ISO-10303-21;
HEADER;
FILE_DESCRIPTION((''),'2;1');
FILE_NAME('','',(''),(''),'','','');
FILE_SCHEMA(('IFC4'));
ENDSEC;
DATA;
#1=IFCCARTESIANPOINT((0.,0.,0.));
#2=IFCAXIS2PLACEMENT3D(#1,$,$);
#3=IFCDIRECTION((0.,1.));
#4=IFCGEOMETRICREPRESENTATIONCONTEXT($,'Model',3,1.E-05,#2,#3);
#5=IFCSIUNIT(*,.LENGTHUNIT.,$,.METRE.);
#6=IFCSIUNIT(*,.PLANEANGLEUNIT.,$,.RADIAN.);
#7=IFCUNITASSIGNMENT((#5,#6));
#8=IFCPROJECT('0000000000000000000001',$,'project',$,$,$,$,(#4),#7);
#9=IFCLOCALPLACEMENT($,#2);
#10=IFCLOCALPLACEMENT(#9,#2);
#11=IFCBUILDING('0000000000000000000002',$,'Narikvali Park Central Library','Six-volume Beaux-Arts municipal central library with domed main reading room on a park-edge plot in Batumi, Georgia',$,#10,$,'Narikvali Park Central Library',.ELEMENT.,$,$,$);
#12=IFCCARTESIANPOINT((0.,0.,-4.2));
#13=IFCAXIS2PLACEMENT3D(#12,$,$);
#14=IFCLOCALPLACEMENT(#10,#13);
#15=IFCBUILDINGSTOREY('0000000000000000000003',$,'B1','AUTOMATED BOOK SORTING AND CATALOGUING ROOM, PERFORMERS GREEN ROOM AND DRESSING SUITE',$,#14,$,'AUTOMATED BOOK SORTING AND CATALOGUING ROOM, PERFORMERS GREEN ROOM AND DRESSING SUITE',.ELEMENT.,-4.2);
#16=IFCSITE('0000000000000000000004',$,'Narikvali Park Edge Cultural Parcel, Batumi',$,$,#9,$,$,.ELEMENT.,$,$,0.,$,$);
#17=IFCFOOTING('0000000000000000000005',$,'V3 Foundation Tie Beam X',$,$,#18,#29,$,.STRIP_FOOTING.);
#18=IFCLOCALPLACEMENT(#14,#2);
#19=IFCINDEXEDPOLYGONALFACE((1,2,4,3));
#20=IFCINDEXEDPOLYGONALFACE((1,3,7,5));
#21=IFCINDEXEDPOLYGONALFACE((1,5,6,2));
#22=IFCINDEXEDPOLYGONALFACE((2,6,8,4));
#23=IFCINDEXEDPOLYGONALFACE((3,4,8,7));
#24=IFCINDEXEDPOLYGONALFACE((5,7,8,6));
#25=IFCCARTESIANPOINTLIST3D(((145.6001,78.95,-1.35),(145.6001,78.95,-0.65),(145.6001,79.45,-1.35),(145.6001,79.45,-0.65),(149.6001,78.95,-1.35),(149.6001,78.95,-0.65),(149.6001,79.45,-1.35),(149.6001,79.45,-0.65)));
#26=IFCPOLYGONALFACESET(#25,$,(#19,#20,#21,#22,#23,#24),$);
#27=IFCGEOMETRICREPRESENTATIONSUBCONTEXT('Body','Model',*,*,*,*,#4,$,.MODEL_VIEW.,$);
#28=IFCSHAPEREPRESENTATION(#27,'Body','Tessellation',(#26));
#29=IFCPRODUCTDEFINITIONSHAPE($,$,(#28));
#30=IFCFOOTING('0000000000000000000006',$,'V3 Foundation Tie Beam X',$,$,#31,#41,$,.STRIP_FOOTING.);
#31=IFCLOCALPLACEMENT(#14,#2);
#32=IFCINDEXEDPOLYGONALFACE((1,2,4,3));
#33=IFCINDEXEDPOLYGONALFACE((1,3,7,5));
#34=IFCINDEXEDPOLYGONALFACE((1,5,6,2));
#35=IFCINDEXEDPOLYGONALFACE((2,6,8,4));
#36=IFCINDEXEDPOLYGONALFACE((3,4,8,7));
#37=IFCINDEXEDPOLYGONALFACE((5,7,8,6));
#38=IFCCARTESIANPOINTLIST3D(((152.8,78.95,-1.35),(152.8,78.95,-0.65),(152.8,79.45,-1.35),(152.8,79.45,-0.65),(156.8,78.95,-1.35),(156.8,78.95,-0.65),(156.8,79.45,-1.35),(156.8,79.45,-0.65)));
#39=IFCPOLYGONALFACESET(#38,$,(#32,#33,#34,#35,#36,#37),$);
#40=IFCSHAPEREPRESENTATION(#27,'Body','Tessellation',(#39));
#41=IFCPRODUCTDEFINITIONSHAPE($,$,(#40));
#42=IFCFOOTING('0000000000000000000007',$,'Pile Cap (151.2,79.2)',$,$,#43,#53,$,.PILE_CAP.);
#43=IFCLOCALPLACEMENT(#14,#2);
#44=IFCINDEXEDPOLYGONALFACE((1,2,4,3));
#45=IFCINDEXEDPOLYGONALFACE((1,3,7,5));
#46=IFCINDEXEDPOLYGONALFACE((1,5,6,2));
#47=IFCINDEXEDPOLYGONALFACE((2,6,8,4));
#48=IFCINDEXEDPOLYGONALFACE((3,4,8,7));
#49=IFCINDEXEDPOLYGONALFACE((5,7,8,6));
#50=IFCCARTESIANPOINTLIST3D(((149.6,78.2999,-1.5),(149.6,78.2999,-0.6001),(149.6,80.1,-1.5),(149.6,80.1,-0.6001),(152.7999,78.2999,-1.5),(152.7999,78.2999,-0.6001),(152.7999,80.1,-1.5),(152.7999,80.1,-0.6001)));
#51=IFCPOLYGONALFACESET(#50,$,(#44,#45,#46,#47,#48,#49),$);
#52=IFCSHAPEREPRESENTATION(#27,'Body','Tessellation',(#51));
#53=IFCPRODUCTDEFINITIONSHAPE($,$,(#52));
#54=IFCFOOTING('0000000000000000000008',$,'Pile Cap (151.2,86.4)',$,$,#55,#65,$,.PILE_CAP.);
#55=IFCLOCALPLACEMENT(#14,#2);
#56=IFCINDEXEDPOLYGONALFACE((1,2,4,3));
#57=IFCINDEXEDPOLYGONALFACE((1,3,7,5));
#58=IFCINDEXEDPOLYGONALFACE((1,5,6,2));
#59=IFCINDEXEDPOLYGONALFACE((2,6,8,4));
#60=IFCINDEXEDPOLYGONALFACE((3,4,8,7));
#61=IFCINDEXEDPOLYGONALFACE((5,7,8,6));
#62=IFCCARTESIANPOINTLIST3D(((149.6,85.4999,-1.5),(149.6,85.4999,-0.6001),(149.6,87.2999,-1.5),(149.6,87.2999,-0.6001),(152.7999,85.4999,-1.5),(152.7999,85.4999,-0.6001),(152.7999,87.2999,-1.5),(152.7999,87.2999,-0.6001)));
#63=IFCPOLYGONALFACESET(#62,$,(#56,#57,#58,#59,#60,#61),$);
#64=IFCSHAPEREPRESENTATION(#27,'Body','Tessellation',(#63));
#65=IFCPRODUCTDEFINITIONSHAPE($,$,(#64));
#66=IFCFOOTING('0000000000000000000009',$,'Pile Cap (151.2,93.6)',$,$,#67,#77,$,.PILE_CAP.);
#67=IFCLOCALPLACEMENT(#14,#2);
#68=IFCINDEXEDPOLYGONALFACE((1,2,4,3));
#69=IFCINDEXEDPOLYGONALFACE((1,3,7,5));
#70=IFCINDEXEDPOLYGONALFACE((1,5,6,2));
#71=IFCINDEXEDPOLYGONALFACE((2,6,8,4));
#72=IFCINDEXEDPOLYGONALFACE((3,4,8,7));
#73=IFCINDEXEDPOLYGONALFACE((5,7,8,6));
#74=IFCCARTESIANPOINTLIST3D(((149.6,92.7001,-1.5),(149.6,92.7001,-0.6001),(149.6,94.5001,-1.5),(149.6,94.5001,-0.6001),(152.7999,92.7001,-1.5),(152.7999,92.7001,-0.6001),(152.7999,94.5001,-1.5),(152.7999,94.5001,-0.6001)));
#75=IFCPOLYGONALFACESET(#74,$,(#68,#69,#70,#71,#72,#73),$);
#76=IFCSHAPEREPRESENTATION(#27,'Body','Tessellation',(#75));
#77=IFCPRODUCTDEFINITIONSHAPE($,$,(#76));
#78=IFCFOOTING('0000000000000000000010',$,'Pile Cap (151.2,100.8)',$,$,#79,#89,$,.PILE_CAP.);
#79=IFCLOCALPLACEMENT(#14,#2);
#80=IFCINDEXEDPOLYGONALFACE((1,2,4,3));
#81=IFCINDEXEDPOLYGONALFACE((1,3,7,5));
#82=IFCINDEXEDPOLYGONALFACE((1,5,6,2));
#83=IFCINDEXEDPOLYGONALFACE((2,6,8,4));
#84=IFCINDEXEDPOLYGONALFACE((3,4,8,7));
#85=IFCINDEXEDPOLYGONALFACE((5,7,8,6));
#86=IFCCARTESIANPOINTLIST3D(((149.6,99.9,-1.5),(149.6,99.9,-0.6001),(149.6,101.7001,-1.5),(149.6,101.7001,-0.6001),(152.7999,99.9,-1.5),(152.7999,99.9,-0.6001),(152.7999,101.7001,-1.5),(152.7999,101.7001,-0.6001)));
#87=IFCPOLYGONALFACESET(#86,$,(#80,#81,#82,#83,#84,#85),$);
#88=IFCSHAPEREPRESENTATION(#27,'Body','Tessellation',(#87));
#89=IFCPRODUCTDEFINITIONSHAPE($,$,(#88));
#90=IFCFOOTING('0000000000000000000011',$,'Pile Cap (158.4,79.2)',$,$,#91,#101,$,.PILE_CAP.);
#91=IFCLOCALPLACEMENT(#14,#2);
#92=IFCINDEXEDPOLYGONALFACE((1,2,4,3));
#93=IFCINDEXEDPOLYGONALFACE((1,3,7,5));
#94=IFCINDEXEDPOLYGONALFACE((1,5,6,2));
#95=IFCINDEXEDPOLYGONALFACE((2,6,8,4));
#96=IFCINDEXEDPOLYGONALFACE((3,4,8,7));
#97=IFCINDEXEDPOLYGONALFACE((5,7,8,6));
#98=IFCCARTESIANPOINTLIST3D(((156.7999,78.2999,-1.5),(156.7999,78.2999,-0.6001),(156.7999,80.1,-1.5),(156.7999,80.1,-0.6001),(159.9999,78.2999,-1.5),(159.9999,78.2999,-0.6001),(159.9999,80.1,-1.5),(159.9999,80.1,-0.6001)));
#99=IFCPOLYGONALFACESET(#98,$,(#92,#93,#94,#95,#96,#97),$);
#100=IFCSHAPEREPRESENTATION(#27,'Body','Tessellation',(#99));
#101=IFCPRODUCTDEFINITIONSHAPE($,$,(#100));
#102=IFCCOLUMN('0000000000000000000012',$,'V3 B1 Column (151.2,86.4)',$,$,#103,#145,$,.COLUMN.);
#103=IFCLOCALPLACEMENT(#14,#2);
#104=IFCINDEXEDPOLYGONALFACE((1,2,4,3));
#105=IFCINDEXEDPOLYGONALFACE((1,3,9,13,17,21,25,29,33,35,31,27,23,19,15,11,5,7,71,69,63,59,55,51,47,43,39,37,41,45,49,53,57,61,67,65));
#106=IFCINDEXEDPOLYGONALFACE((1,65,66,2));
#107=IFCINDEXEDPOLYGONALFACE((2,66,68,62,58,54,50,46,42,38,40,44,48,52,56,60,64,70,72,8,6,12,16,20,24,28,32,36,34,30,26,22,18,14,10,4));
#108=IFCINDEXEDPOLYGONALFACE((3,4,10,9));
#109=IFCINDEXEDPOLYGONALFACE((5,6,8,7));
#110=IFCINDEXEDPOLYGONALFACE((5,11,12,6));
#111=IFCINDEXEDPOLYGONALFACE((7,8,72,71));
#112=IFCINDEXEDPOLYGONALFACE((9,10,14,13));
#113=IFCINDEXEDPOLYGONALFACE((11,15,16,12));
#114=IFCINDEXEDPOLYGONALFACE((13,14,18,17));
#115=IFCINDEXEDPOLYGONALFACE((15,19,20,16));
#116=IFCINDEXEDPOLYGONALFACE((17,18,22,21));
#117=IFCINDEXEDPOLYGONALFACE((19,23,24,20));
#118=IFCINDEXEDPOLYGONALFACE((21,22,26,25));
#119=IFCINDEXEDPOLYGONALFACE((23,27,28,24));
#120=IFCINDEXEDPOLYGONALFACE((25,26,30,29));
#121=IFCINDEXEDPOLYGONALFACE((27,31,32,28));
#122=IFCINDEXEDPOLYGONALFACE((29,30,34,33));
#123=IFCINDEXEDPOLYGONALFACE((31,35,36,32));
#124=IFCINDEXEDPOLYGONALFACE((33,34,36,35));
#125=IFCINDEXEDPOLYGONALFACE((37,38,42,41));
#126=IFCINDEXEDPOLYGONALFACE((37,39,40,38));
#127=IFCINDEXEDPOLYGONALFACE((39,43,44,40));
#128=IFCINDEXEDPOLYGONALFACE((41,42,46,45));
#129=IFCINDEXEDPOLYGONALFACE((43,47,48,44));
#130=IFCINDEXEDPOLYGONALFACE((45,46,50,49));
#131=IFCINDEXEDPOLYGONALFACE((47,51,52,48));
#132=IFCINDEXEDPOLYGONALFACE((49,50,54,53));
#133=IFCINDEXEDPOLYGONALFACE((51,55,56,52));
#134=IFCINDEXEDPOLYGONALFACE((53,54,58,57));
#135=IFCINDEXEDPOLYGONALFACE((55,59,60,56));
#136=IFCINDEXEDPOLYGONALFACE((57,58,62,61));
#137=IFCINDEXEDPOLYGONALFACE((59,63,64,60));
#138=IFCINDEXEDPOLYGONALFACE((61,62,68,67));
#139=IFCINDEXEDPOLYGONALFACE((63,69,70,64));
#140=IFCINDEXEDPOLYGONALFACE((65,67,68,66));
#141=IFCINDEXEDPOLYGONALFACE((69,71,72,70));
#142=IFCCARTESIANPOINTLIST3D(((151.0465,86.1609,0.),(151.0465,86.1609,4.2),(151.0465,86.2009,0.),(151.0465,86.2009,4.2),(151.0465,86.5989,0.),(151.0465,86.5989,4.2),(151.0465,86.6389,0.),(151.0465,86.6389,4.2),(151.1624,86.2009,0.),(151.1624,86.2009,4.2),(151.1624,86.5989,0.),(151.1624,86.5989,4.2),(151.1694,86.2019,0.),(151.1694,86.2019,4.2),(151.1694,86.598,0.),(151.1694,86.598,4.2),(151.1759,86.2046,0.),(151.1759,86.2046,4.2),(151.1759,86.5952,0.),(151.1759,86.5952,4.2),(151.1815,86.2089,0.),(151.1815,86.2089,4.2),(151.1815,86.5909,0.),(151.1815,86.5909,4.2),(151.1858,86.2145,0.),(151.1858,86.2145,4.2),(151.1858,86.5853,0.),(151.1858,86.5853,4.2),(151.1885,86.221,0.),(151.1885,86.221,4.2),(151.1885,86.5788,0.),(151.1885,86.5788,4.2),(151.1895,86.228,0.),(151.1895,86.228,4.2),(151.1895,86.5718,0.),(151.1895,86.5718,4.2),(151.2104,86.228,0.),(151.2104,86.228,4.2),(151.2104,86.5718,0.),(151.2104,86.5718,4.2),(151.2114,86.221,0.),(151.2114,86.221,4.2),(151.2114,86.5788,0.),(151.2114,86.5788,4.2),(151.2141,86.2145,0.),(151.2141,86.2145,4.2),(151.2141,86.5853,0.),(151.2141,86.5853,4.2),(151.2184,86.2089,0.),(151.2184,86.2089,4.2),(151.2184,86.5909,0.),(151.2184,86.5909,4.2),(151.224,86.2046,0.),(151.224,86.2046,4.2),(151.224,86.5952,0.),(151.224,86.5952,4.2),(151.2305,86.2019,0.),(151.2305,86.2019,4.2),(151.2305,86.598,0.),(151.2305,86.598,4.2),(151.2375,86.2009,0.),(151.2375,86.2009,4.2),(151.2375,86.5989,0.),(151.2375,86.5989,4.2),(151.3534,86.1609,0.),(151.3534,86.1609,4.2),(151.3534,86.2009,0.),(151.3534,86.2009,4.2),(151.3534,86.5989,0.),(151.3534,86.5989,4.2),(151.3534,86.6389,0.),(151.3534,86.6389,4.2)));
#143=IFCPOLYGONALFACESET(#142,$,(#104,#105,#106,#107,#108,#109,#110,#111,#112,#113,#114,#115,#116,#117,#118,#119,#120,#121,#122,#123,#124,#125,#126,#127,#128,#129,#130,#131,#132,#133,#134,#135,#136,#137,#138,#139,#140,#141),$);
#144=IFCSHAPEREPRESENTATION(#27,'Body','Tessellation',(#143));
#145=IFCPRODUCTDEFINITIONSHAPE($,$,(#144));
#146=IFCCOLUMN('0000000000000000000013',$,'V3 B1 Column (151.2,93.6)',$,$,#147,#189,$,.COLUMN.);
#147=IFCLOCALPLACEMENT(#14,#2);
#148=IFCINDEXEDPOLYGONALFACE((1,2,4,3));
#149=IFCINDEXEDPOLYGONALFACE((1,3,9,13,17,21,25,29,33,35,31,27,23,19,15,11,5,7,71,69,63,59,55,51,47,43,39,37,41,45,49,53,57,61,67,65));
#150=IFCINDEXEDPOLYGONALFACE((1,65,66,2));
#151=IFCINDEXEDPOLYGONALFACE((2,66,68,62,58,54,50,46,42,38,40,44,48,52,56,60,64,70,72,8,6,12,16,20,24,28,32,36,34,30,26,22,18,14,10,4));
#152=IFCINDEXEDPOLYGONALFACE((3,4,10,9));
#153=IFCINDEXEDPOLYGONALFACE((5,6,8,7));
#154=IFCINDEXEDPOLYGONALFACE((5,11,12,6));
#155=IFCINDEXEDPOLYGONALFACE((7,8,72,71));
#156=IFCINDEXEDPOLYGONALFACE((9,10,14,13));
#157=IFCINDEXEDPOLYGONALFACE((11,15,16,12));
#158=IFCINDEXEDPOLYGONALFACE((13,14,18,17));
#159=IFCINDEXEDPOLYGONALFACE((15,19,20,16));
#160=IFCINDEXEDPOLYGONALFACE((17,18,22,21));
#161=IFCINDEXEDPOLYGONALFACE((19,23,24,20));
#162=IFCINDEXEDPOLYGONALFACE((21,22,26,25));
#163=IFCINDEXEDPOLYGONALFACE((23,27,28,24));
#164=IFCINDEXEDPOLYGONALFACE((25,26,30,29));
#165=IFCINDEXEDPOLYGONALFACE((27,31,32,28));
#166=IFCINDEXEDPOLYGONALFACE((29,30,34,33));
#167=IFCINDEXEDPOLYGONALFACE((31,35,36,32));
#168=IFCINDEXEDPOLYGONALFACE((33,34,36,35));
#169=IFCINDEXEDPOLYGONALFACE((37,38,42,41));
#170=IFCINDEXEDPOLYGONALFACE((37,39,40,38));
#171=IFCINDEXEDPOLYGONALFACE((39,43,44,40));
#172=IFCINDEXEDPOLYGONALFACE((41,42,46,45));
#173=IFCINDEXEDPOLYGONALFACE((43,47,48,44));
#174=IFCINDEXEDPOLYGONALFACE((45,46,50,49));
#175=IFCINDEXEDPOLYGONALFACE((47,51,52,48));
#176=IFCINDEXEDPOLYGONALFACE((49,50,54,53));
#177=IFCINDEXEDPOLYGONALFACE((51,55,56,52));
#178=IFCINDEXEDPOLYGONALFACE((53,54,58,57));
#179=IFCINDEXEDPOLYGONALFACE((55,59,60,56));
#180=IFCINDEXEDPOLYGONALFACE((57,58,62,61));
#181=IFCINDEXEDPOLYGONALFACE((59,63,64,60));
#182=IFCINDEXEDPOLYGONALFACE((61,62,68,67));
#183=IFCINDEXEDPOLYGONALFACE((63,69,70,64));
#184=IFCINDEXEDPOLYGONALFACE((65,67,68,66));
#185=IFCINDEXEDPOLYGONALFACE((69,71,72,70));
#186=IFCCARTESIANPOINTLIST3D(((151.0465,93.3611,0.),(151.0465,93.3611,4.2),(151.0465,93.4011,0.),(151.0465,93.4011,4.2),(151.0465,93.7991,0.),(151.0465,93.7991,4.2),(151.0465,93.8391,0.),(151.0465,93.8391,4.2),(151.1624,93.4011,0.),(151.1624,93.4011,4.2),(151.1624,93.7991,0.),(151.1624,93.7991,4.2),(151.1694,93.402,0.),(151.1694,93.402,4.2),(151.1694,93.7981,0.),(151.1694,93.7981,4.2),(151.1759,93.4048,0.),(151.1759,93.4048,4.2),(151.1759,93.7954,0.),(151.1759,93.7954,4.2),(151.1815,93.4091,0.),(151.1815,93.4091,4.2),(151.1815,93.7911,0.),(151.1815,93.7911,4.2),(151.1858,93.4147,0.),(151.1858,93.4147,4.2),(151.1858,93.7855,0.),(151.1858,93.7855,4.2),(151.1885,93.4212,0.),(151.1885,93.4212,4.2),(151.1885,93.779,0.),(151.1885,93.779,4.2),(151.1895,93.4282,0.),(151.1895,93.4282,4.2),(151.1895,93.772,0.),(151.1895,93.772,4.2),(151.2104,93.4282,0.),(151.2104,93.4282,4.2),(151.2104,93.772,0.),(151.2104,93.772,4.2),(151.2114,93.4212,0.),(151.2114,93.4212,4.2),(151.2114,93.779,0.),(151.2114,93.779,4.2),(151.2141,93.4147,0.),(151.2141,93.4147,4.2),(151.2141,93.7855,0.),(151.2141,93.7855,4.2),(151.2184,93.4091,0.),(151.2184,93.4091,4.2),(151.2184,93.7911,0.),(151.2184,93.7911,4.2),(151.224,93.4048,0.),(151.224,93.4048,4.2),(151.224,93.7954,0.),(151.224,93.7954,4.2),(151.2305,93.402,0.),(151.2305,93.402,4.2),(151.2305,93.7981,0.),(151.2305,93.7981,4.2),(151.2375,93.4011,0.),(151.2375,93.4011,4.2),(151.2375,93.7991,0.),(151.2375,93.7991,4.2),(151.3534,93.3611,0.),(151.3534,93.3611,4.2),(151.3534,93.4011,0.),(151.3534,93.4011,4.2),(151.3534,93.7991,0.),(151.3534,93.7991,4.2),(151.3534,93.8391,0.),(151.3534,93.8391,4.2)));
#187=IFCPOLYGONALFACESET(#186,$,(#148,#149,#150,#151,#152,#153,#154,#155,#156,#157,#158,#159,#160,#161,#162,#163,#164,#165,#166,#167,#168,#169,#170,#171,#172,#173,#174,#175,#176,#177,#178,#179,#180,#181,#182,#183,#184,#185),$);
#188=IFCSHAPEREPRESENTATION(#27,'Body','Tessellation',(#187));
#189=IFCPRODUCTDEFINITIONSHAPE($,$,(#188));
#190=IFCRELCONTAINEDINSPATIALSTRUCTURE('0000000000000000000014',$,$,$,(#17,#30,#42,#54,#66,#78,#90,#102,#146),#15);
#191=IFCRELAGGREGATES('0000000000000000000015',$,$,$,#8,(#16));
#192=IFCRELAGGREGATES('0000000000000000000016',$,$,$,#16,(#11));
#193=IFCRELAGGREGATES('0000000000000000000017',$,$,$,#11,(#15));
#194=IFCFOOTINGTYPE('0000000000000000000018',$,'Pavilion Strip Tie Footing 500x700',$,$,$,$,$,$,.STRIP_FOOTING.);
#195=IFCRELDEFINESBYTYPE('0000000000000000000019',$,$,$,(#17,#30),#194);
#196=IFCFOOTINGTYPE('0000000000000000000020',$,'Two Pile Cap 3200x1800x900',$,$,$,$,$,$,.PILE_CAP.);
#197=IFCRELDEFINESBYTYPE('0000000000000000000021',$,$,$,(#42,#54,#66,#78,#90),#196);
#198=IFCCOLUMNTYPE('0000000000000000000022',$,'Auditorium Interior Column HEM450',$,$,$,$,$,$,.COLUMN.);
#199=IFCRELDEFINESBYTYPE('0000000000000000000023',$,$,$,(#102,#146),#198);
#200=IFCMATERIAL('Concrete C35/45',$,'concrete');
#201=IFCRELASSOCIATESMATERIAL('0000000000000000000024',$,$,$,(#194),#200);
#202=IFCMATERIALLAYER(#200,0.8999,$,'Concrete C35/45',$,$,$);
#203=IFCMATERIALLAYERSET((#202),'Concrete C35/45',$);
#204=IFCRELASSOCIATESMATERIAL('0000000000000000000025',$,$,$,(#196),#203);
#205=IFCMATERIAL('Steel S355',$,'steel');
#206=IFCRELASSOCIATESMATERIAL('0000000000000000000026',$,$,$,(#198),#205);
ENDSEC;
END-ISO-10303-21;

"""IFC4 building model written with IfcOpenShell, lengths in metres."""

from ifc_helpers import new_model, si_unit, direction, frame, origin, origin_2d, place, context, subcontext, project, spatial, rectangle, i_section, extrude, material, layer, layer_set, material_profile, profile_set, type_object, element, save


model = new_model("IFC4")

# Units and contexts
model_context = context("Model", 3, precision=1e-05, world=origin(), true_north=direction((0.0, 1.0)))
body_context = subcontext(model_context, "Body", "Model", "MODEL_VIEW")
ifc_project = project(units=[si_unit("LENGTHUNIT", "METRE"), si_unit("PLANEANGLEUNIT", "RADIAN")], contexts=[model_context])

# Site, building, storey
site_placement = place(None, origin())
site = spatial("IfcSite", under=ifc_project, at=site_placement, Name="Narikvali Park Edge Cultural Parcel, Batumi", CompositionType="ELEMENT", RefElevation=0.0)
building_placement = place(site_placement, origin())
building = spatial("IfcBuilding", under=site, at=building_placement, Name="Narikvali Park Central Library", Description="Six-volume Beaux-Arts municipal central library with domed main reading room on a park-edge plot in Batumi, Georgia", LongName="Narikvali Park Central Library", CompositionType="ELEMENT")
storey_placement = place(building_placement, frame((0.0, 0.0, -4.2)))
storey = spatial("IfcBuildingStorey", under=building, at=storey_placement, Name="B1", Description="AUTOMATED BOOK SORTING AND CATALOGUING ROOM, PERFORMERS GREEN ROOM AND DRESSING SUITE", LongName="AUTOMATED BOOK SORTING AND CATALOGUING ROOM, PERFORMERS GREEN ROOM AND DRESSING SUITE", CompositionType="ELEMENT", Elevation=-4.2)

# Shared definitions
ifc_material_1 = material(Name="Concrete C35/45", Category="concrete")

# Footings
ifc_material_profile_1 = material_profile(ifc_material_1, rectangle(XDim=0.5, YDim=0.7, at=origin_2d()), Name="RC GB 500x700")
ifc_profile_set_1 = profile_set([ifc_material_profile_1], Name="Concrete C35/45")
footing_type_1 = type_object("IfcFootingType", Name="Pavilion Strip Tie Footing 500x700", PredefinedType="STRIP_FOOTING", material=ifc_profile_set_1)
for number, where, z_axis, x_axis, name in (
    (1, (145.6001, 79.2, -1.0), (1.0, 0.0, 0.0), (0.0, 1.0, 0.0), "V3 Foundation Tie Beam X"),
    (2, (152.8, 79.2, -1.0), (1.0, 0.0, 0.0), (0.0, 1.0, 0.0), "V3 Foundation Tie Beam X"),
):
    element("IfcFooting", number, at=place(storey_placement, frame(where, z_axis=z_axis, x_axis=x_axis)), inside=storey, type_object=footing_type_1, Name=name, PredefinedType="STRIP_FOOTING", context=body_context, shape_type="SweptSolid", body=[
        extrude(rectangle(XDim=0.5, YDim=0.7, at=origin_2d()), origin(), (0.0, 0.0, 1.0), 4.0),
    ])
ifc_layer_1 = layer(ifc_material_1, 0.8999, Name="Concrete C35/45")
ifc_layer_set_1 = layer_set([ifc_layer_1], Name="Concrete C35/45")
footing_type_2 = type_object("IfcFootingType", Name="Two Pile Cap 3200x1800x900", PredefinedType="PILE_CAP", material=ifc_layer_set_1)
for number, where, z_axis, x_axis, name in (
    (3, (151.2, 79.2, -1.5), (0.0, 0.0, 1.0), (1.0, 0.0, 0.0), "Pile Cap (151.2,79.2)"),
    (4, (151.2, 86.3999, -1.5), (0.0, 0.0, 1.0), (1.0, 0.0, 0.0), "Pile Cap (151.2,86.4)"),
    (5, (151.2, 93.6001, -1.5), (0.0, 0.0, 1.0), (1.0, 0.0, 0.0), "Pile Cap (151.2,93.6)"),
    (6, (151.2, 100.8, -1.5), (0.0, 0.0, 1.0), (1.0, 0.0, 0.0), "Pile Cap (151.2,100.8)"),
    (7, (158.3999, 79.2, -1.5), (0.0, 0.0, 1.0), (1.0, 0.0, 0.0), "Pile Cap (158.4,79.2)"),
):
    element("IfcFooting", number, at=place(storey_placement, frame(where, z_axis=z_axis, x_axis=x_axis)), inside=storey, type_object=footing_type_2, Name=name, PredefinedType="PILE_CAP", context=body_context, shape_type="SweptSolid", body=[
        extrude(rectangle(XDim=3.2, YDim=1.8, at=origin_2d()), origin(), (0.0, 0.0, 1.0), 0.8999),
    ])

# Columns
ifc_material_2 = material(Name="Steel S355", Category="steel")
ifc_material_profile_2 = material_profile(ifc_material_2, i_section(OverallWidth=0.3069, OverallDepth=0.478, WebThickness=0.021, FlangeThickness=0.04, FilletRadius=0.0271, at=origin_2d()), Name="HEM 450")
ifc_profile_set_2 = profile_set([ifc_material_profile_2], Name="Steel S355")
column_type_1 = type_object("IfcColumnType", Name="Auditorium Interior Column HEM450", PredefinedType="COLUMN", material=ifc_profile_set_2)
for number, where, z_axis, x_axis, name in (
    (8, (151.2, 86.3999, 0.0), (0.0, 0.0, 1.0), (1.0, 0.0, 0.0), "V3 B1 Column (151.2,86.4)"),
    (9, (151.2, 93.6001, 0.0), (0.0, 0.0, 1.0), (1.0, 0.0, 0.0), "V3 B1 Column (151.2,93.6)"),
):
    element("IfcColumn", number, at=place(storey_placement, frame(where, z_axis=z_axis, x_axis=x_axis)), inside=storey, type_object=column_type_1, Name=name, PredefinedType="COLUMN", context=body_context, shape_type="SweptSolid", body=[
        extrude(i_section(OverallWidth=0.3069, OverallDepth=0.478, WebThickness=0.021, FlangeThickness=0.04, FilletRadius=0.0271, at=origin_2d()), origin(), (0.0, 0.0, 1.0), 4.2),
    ])

save(model, "model.ifc")
